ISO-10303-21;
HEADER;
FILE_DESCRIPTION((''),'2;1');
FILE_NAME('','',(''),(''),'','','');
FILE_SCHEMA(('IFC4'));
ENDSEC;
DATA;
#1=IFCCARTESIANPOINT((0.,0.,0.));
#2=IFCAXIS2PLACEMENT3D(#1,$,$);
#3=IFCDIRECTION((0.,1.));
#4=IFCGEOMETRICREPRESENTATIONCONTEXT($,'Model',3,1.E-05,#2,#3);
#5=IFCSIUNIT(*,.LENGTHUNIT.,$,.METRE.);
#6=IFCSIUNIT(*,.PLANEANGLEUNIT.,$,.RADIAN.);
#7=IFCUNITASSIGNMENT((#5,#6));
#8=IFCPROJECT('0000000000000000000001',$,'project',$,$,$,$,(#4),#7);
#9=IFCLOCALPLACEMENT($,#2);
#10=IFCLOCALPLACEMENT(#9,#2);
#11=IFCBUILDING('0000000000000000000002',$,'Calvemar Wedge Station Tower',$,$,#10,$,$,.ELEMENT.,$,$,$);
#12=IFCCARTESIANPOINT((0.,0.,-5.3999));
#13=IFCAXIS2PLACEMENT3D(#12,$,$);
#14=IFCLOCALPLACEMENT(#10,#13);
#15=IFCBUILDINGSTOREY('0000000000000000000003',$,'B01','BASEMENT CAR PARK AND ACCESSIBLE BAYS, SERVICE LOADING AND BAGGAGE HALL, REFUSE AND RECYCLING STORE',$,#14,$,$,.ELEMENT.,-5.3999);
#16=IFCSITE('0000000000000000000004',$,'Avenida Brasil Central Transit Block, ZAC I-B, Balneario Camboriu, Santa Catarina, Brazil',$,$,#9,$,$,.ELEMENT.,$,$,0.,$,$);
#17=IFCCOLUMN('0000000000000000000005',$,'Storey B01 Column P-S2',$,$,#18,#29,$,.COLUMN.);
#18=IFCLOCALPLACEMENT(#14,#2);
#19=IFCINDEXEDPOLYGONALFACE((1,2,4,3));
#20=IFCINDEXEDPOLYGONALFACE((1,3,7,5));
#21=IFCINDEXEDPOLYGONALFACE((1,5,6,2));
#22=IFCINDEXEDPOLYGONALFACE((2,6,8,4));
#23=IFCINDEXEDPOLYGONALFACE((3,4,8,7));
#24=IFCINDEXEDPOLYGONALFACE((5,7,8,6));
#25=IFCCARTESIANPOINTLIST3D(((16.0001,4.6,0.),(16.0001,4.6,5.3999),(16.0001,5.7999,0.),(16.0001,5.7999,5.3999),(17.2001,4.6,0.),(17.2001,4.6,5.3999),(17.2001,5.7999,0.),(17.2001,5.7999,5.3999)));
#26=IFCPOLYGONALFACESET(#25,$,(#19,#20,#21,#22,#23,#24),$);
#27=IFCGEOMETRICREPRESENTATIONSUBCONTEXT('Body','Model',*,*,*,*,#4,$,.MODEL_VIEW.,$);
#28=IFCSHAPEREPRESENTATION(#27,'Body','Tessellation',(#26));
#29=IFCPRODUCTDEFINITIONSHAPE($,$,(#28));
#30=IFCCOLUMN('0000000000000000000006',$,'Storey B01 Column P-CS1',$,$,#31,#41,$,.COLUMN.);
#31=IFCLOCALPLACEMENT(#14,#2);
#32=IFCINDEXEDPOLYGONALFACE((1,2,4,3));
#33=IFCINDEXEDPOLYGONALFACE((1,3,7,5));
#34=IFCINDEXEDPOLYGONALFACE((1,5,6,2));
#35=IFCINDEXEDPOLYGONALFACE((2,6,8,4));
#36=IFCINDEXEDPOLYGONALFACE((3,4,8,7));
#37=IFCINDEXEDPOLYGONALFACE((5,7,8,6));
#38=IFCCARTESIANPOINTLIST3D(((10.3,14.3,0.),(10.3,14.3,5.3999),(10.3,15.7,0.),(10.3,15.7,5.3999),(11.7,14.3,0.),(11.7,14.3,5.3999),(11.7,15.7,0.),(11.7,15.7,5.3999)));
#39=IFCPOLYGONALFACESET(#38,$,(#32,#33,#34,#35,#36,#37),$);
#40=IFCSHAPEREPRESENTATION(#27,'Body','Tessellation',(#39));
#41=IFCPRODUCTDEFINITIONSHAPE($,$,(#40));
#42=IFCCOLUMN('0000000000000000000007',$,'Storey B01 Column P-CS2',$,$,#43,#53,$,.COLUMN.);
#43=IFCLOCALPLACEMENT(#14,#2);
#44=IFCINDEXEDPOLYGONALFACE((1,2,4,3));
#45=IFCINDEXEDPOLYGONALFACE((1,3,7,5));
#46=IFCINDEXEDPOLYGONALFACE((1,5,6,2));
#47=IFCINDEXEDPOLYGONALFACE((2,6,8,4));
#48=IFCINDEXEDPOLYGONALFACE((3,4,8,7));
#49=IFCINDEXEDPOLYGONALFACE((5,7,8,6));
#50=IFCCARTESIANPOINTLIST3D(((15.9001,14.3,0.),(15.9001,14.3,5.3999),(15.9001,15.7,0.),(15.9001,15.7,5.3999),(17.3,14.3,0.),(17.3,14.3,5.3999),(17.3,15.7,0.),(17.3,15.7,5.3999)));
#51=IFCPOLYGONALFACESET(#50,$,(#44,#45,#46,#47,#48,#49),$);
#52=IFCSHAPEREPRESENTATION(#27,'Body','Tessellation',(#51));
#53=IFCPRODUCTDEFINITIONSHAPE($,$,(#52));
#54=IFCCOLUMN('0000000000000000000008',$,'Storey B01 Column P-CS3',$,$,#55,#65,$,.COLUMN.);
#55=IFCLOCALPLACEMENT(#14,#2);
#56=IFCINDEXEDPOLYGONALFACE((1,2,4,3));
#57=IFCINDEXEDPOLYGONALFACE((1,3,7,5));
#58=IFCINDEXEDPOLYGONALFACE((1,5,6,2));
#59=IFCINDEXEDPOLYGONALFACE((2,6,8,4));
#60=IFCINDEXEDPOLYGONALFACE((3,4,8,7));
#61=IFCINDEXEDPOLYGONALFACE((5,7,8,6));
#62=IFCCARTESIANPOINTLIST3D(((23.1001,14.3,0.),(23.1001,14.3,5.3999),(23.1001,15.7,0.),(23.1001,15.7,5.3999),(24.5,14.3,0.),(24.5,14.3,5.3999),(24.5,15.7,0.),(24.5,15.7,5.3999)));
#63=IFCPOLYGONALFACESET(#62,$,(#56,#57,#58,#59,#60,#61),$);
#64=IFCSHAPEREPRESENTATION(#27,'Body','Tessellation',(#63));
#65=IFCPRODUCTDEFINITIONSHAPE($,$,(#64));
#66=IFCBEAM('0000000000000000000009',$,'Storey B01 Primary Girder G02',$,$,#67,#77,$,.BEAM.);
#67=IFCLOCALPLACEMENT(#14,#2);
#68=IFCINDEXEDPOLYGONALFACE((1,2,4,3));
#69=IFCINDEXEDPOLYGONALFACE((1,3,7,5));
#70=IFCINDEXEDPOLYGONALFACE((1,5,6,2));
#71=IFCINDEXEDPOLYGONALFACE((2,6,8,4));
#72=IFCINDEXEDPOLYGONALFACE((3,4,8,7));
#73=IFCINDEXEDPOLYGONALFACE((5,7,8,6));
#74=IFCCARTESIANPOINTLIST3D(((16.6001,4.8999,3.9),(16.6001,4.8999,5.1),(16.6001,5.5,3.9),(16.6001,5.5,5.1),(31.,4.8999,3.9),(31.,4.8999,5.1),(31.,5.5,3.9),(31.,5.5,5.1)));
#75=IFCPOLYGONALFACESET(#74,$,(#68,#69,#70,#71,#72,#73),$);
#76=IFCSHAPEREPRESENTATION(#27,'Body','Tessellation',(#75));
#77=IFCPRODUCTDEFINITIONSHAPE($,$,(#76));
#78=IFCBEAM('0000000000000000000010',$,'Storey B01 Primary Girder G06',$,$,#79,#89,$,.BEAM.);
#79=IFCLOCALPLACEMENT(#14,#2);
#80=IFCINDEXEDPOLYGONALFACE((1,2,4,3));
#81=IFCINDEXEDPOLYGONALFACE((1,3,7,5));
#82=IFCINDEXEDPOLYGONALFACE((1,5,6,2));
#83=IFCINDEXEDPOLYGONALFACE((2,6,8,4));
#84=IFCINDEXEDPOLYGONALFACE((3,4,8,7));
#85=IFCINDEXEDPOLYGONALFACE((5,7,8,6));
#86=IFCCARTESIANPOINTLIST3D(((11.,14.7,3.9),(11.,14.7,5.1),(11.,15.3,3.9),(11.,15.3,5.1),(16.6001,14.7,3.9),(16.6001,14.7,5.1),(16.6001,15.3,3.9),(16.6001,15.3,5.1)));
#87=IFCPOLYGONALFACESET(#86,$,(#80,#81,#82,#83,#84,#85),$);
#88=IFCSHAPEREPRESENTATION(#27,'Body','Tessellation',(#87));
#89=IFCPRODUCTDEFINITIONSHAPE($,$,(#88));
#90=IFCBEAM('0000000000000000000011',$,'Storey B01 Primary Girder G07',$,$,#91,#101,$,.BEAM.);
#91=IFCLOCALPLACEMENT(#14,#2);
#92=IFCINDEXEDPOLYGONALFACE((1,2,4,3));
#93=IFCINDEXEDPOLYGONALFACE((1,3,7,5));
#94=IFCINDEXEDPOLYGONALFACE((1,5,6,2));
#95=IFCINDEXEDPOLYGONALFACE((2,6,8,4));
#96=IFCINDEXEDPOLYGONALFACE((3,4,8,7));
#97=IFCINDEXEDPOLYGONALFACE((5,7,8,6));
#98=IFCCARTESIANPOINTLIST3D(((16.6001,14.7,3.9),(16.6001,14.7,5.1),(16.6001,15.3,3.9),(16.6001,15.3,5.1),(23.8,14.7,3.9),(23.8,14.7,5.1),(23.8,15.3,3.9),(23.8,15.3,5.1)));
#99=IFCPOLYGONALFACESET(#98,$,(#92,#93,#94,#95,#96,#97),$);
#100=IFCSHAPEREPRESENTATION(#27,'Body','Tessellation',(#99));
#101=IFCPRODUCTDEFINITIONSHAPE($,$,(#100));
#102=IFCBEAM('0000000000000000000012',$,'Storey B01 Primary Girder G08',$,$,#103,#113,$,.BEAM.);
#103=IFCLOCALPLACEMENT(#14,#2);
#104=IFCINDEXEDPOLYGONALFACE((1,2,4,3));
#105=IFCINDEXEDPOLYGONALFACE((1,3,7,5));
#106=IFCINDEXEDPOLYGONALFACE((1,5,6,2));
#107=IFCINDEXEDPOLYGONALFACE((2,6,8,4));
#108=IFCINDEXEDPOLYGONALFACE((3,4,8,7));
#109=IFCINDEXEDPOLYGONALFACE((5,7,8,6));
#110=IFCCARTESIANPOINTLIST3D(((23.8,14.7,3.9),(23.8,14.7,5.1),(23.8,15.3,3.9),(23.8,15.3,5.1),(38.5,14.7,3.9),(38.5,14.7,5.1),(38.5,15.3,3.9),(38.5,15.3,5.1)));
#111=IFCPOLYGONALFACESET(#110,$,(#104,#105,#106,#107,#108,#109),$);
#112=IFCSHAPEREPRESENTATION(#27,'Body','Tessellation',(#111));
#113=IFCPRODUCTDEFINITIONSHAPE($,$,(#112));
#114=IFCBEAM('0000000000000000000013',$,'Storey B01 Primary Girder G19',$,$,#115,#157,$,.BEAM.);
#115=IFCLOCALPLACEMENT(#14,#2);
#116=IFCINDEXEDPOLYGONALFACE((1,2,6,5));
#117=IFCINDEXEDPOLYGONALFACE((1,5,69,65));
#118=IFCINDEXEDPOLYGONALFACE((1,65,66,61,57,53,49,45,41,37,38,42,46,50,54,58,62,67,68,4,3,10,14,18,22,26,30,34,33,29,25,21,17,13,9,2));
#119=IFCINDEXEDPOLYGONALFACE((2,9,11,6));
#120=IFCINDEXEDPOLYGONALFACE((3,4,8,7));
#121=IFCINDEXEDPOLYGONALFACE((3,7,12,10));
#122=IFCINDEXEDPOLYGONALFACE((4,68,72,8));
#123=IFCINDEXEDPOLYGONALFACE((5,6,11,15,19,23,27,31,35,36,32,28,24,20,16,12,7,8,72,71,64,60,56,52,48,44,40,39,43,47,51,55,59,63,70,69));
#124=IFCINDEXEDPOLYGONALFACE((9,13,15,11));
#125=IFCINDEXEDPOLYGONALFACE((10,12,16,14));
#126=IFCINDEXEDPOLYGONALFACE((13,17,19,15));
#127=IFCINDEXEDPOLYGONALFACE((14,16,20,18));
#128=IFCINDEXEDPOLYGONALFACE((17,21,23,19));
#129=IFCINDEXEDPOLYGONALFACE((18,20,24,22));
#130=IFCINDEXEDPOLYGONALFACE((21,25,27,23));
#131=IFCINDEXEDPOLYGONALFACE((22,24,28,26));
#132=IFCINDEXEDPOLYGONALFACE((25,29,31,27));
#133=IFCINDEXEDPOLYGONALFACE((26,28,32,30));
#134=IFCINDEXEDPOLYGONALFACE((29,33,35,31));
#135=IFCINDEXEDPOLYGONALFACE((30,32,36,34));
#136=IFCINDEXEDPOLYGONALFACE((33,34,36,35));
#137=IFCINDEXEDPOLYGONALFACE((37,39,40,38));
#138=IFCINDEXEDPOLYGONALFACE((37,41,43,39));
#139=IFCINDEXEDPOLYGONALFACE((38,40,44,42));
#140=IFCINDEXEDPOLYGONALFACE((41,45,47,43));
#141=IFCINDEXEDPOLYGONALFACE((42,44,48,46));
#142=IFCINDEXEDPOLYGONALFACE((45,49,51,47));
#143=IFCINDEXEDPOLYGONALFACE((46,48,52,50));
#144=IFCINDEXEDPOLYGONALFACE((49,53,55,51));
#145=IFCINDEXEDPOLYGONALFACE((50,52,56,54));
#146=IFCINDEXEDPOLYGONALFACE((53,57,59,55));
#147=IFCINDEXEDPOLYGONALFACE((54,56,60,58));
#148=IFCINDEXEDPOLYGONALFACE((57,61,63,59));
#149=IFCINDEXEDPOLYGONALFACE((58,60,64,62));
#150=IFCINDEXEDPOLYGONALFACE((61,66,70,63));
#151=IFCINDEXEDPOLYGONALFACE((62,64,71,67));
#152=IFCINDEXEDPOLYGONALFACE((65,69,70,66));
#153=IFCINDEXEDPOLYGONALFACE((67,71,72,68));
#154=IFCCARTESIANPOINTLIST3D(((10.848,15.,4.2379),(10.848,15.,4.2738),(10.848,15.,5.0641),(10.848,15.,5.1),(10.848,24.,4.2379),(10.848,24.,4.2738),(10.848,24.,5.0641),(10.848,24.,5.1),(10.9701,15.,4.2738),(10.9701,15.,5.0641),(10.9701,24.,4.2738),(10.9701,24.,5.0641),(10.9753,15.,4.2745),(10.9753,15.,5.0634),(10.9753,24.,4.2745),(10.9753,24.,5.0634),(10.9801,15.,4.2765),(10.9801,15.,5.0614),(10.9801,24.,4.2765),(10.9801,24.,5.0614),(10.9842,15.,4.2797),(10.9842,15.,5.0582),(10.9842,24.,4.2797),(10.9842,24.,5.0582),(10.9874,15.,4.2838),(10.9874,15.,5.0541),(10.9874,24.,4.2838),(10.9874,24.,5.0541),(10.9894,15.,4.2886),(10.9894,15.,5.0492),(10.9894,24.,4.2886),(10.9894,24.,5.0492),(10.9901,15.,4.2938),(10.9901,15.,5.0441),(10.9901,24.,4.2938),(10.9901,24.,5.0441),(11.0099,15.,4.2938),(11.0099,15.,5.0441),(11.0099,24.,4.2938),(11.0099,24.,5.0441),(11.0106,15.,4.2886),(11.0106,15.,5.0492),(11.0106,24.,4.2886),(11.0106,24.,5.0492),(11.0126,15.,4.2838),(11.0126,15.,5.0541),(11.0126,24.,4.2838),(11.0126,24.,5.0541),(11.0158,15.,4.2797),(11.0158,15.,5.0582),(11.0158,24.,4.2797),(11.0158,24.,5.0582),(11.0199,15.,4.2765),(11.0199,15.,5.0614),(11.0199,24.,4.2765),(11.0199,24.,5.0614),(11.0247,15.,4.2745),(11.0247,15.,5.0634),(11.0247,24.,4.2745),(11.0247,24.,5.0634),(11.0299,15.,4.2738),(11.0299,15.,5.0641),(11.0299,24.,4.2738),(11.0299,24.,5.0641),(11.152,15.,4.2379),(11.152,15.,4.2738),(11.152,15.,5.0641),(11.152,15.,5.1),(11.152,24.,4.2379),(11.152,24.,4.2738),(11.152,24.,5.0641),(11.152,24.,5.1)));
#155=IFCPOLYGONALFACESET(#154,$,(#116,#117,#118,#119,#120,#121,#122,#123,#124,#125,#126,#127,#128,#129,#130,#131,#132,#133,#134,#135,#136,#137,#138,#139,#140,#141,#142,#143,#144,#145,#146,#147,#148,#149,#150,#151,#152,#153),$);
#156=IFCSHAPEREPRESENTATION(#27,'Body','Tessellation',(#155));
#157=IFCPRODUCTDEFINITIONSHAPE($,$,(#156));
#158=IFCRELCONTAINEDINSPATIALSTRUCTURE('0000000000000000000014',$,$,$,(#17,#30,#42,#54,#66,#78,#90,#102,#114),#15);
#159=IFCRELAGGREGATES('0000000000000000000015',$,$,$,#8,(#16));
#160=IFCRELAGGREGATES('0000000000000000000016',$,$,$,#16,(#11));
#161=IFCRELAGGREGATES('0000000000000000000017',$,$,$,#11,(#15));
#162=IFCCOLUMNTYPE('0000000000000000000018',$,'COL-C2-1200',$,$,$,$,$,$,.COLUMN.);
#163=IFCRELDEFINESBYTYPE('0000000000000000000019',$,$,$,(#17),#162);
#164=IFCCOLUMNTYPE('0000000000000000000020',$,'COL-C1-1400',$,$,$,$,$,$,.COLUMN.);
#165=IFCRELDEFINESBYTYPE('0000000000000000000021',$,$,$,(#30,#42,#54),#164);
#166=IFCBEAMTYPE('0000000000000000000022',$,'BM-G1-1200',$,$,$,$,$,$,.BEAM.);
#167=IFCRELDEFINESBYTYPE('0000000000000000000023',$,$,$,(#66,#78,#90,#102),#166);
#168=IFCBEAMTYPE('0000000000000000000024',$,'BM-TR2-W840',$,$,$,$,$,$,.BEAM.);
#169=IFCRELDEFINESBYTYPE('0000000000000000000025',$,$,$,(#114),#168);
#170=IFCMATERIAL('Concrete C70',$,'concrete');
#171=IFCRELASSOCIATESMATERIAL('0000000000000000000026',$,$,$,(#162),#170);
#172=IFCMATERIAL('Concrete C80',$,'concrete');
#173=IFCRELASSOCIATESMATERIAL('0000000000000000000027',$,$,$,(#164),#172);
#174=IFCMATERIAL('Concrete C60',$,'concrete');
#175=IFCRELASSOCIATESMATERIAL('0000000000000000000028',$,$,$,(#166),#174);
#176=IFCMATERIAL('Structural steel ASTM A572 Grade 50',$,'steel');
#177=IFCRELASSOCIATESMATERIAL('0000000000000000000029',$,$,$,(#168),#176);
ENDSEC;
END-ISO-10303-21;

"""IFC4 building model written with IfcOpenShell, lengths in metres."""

from ifc_helpers import new_model, si_unit, direction, frame, origin, origin_2d, place, context, subcontext, project, spatial, rectangle, i_section, extrude, source, transform, mapped, material, material_profile, profile_set, type_object, element, save


model = new_model("IFC4")

# Units and contexts
model_context = context("Model", 3, precision=1e-05, world=origin(), true_north=direction((0.0, 1.0)))
body_context = subcontext(model_context, "Body", "Model", "MODEL_VIEW")
ifc_project = project(units=[si_unit("LENGTHUNIT", "METRE"), si_unit("PLANEANGLEUNIT", "RADIAN")], contexts=[model_context])

# Site, building, storey
site_placement = place(None, origin())
site = spatial("IfcSite", under=ifc_project, at=site_placement, Name="Avenida Brasil Central Transit Block, ZAC I-B, Balneario Camboriu, Santa Catarina, Brazil", CompositionType="ELEMENT", RefElevation=0.0)
building_placement = place(site_placement, origin())
building = spatial("IfcBuilding", under=site, at=building_placement, Name="Calvemar Wedge Station Tower", CompositionType="ELEMENT")
storey_placement = place(building_placement, frame((0.0, 0.0, -5.3999)))
storey = spatial("IfcBuildingStorey", under=building, at=storey_placement, Name="B01", Description="BASEMENT CAR PARK AND ACCESSIBLE BAYS, SERVICE LOADING AND BAGGAGE HALL, REFUSE AND RECYCLING STORE", CompositionType="ELEMENT", Elevation=-5.3999)

# Columns
ifc_material_1 = material(Name="Concrete C70", Category="concrete")
ifc_material_profile_1 = material_profile(ifc_material_1, rectangle(XDim=1.2, YDim=1.2, at=origin_2d()), Name="RC1200x1200")
ifc_profile_set_1 = profile_set([ifc_material_profile_1], Name="Concrete C70")
column_type_1 = type_object("IfcColumnType", Name="COL-C2-1200", PredefinedType="COLUMN", material=ifc_profile_set_1)
shared_shape_1 = source(origin(), body_context, "Body", "SweptSolid", [
    extrude(rectangle(XDim=1.2, YDim=1.2, at=origin_2d()), origin(), (0.0, 0.0, 1.0), 5.3999),
])
column_placement = place(storey_placement, frame((16.6001, 5.2, 0.0), z_axis=(0.0, 0.0, 1.0), x_axis=(1.0, 0.0, 0.0)))
element("IfcColumn", 1, at=column_placement, inside=storey, type_object=column_type_1, Name="Storey B01 Column P-S2", PredefinedType="COLUMN", context=body_context, shape_type="MappedRepresentation", body=[
    mapped(shared_shape_1, transform((0.0, 0.0, 0.0), scale=1.0)),
])
ifc_material_2 = material(Name="Concrete C80", Category="concrete")
ifc_material_profile_2 = material_profile(ifc_material_2, rectangle(XDim=1.3999, YDim=1.3999, at=origin_2d()), Name="RC1400x1400")
ifc_profile_set_2 = profile_set([ifc_material_profile_2], Name="Concrete C80")
column_type_2 = type_object("IfcColumnType", Name="COL-C1-1400", PredefinedType="COLUMN", material=ifc_profile_set_2)
shared_shape_2 = source(origin(), body_context, "Body", "SweptSolid", [
    extrude(rectangle(XDim=1.3999, YDim=1.3999, at=origin_2d()), origin(), (0.0, 0.0, 1.0), 5.3999),
])
for number, where, z_axis, x_axis, name in (
    (2, (11.0, 15.0, 0.0), (0.0, 0.0, 1.0), (1.0, 0.0, 0.0), "Storey B01 Column P-CS1"),
    (3, (16.6001, 15.0, 0.0), (0.0, 0.0, 1.0), (1.0, 0.0, 0.0), "Storey B01 Column P-CS2"),
    (4, (23.8, 15.0, 0.0), (0.0, 0.0, 1.0), (1.0, 0.0, 0.0), "Storey B01 Column P-CS3"),
):
    element("IfcColumn", number, at=place(storey_placement, frame(where, z_axis=z_axis, x_axis=x_axis)), inside=storey, type_object=column_type_2, Name=name, PredefinedType="COLUMN", context=body_context, shape_type="MappedRepresentation", body=[
        mapped(shared_shape_2, transform((0.0, 0.0, 0.0), scale=1.0)),
    ])

# Beams
ifc_material_3 = material(Name="Concrete C60", Category="concrete")
ifc_material_profile_3 = material_profile(ifc_material_3, rectangle(XDim=0.6001, YDim=1.2, at=origin_2d()), Name="RC600x1200")
ifc_profile_set_3 = profile_set([ifc_material_profile_3], Name="Concrete C60")
beam_type_1 = type_object("IfcBeamType", Name="BM-G1-1200", PredefinedType="BEAM", material=ifc_profile_set_3)
shared_shape_3 = source(origin(), body_context, "Body", "SweptSolid", [
    extrude(rectangle(XDim=0.6001, YDim=1.2, at=origin_2d()), origin(), (0.0, 0.0, 1.0), 14.3999),
])
beam_1_placement = place(storey_placement, frame((16.6001, 5.2, 4.5), z_axis=(1.0, 0.0, 0.0), x_axis=(0.0, 1.0, 0.0)))
element("IfcBeam", 5, at=beam_1_placement, inside=storey, type_object=beam_type_1, Name="Storey B01 Primary Girder G02", PredefinedType="BEAM", context=body_context, shape_type="MappedRepresentation", body=[
    mapped(shared_shape_3, transform((0.0, 0.0, 0.0), scale=1.0)),
])
shared_shape_4 = source(origin(), body_context, "Body", "SweptSolid", [
    extrude(rectangle(XDim=0.6001, YDim=1.2, at=origin_2d()), origin(), (0.0, 0.0, 1.0), 5.6001),
])
beam_2_placement = place(storey_placement, frame((11.0, 15.0, 4.5), z_axis=(1.0, 0.0, 0.0), x_axis=(0.0, 1.0, 0.0)))
element("IfcBeam", 6, at=beam_2_placement, inside=storey, type_object=beam_type_1, Name="Storey B01 Primary Girder G06", PredefinedType="BEAM", context=body_context, shape_type="MappedRepresentation", body=[
    mapped(shared_shape_4, transform((0.0, 0.0, 0.0), scale=1.0)),
])
shared_shape_5 = source(origin(), body_context, "Body", "SweptSolid", [
    extrude(rectangle(XDim=0.6001, YDim=1.2, at=origin_2d()), origin(), (0.0, 0.0, 1.0), 7.2),
])
beam_3_placement = place(storey_placement, frame((16.6001, 15.0, 4.5), z_axis=(1.0, 0.0, 0.0), x_axis=(0.0, 1.0, 0.0)))
element("IfcBeam", 7, at=beam_3_placement, inside=storey, type_object=beam_type_1, Name="Storey B01 Primary Girder G07", PredefinedType="BEAM", context=body_context, shape_type="MappedRepresentation", body=[
    mapped(shared_shape_5, transform((0.0, 0.0, 0.0), scale=1.0)),
])
shared_shape_6 = source(origin(), body_context, "Body", "SweptSolid", [
    extrude(rectangle(XDim=0.6001, YDim=1.2, at=origin_2d()), origin(), (0.0, 0.0, 1.0), 14.7),
])
beam_4_placement = place(storey_placement, frame((23.8, 15.0, 4.5), z_axis=(1.0, 0.0, 0.0), x_axis=(0.0, 1.0, 0.0)))
element("IfcBeam", 8, at=beam_4_placement, inside=storey, type_object=beam_type_1, Name="Storey B01 Primary Girder G08", PredefinedType="BEAM", context=body_context, shape_type="MappedRepresentation", body=[
    mapped(shared_shape_6, transform((0.0, 0.0, 0.0), scale=1.0)),
])
ifc_material_4 = material(Name="Structural steel ASTM A572 Grade 50", Category="steel")
ifc_material_profile_4 = material_profile(ifc_material_4, i_section(OverallWidth=0.304, OverallDepth=0.8621, WebThickness=0.0198, FlangeThickness=0.0359, FilletRadius=0.02, at=origin_2d()), Name="W840x329")
ifc_profile_set_4 = profile_set([ifc_material_profile_4], Name="Structural steel ASTM A572 Grade 50")
beam_type_2 = type_object("IfcBeamType", Name="BM-TR2-W840", PredefinedType="BEAM", material=ifc_profile_set_4)
shared_shape_7 = source(origin(), body_context, "Body", "SweptSolid", [
    extrude(i_section(OverallWidth=0.304, OverallDepth=0.8621, WebThickness=0.0198, FlangeThickness=0.0359, FilletRadius=0.02, at=origin_2d()), origin(), (0.0, 0.0, 1.0), 9.0),
])
for number, where, z_axis, x_axis, name in (
    (9, (11.0, 15.0, 4.6689), (0.0, 1.0, 0.0), (-1.0, 0.0, 0.0), "Storey B01 Primary Girder G19"),
):
    element("IfcBeam", number, at=place(storey_placement, frame(where, z_axis=z_axis, x_axis=x_axis)), inside=storey, type_object=beam_type_2, Name=name, PredefinedType="BEAM", context=body_context, shape_type="MappedRepresentation", body=[
        mapped(shared_shape_7, transform((0.0, 0.0, 0.0), scale=1.0)),
    ])

save(model, "model.ifc")
